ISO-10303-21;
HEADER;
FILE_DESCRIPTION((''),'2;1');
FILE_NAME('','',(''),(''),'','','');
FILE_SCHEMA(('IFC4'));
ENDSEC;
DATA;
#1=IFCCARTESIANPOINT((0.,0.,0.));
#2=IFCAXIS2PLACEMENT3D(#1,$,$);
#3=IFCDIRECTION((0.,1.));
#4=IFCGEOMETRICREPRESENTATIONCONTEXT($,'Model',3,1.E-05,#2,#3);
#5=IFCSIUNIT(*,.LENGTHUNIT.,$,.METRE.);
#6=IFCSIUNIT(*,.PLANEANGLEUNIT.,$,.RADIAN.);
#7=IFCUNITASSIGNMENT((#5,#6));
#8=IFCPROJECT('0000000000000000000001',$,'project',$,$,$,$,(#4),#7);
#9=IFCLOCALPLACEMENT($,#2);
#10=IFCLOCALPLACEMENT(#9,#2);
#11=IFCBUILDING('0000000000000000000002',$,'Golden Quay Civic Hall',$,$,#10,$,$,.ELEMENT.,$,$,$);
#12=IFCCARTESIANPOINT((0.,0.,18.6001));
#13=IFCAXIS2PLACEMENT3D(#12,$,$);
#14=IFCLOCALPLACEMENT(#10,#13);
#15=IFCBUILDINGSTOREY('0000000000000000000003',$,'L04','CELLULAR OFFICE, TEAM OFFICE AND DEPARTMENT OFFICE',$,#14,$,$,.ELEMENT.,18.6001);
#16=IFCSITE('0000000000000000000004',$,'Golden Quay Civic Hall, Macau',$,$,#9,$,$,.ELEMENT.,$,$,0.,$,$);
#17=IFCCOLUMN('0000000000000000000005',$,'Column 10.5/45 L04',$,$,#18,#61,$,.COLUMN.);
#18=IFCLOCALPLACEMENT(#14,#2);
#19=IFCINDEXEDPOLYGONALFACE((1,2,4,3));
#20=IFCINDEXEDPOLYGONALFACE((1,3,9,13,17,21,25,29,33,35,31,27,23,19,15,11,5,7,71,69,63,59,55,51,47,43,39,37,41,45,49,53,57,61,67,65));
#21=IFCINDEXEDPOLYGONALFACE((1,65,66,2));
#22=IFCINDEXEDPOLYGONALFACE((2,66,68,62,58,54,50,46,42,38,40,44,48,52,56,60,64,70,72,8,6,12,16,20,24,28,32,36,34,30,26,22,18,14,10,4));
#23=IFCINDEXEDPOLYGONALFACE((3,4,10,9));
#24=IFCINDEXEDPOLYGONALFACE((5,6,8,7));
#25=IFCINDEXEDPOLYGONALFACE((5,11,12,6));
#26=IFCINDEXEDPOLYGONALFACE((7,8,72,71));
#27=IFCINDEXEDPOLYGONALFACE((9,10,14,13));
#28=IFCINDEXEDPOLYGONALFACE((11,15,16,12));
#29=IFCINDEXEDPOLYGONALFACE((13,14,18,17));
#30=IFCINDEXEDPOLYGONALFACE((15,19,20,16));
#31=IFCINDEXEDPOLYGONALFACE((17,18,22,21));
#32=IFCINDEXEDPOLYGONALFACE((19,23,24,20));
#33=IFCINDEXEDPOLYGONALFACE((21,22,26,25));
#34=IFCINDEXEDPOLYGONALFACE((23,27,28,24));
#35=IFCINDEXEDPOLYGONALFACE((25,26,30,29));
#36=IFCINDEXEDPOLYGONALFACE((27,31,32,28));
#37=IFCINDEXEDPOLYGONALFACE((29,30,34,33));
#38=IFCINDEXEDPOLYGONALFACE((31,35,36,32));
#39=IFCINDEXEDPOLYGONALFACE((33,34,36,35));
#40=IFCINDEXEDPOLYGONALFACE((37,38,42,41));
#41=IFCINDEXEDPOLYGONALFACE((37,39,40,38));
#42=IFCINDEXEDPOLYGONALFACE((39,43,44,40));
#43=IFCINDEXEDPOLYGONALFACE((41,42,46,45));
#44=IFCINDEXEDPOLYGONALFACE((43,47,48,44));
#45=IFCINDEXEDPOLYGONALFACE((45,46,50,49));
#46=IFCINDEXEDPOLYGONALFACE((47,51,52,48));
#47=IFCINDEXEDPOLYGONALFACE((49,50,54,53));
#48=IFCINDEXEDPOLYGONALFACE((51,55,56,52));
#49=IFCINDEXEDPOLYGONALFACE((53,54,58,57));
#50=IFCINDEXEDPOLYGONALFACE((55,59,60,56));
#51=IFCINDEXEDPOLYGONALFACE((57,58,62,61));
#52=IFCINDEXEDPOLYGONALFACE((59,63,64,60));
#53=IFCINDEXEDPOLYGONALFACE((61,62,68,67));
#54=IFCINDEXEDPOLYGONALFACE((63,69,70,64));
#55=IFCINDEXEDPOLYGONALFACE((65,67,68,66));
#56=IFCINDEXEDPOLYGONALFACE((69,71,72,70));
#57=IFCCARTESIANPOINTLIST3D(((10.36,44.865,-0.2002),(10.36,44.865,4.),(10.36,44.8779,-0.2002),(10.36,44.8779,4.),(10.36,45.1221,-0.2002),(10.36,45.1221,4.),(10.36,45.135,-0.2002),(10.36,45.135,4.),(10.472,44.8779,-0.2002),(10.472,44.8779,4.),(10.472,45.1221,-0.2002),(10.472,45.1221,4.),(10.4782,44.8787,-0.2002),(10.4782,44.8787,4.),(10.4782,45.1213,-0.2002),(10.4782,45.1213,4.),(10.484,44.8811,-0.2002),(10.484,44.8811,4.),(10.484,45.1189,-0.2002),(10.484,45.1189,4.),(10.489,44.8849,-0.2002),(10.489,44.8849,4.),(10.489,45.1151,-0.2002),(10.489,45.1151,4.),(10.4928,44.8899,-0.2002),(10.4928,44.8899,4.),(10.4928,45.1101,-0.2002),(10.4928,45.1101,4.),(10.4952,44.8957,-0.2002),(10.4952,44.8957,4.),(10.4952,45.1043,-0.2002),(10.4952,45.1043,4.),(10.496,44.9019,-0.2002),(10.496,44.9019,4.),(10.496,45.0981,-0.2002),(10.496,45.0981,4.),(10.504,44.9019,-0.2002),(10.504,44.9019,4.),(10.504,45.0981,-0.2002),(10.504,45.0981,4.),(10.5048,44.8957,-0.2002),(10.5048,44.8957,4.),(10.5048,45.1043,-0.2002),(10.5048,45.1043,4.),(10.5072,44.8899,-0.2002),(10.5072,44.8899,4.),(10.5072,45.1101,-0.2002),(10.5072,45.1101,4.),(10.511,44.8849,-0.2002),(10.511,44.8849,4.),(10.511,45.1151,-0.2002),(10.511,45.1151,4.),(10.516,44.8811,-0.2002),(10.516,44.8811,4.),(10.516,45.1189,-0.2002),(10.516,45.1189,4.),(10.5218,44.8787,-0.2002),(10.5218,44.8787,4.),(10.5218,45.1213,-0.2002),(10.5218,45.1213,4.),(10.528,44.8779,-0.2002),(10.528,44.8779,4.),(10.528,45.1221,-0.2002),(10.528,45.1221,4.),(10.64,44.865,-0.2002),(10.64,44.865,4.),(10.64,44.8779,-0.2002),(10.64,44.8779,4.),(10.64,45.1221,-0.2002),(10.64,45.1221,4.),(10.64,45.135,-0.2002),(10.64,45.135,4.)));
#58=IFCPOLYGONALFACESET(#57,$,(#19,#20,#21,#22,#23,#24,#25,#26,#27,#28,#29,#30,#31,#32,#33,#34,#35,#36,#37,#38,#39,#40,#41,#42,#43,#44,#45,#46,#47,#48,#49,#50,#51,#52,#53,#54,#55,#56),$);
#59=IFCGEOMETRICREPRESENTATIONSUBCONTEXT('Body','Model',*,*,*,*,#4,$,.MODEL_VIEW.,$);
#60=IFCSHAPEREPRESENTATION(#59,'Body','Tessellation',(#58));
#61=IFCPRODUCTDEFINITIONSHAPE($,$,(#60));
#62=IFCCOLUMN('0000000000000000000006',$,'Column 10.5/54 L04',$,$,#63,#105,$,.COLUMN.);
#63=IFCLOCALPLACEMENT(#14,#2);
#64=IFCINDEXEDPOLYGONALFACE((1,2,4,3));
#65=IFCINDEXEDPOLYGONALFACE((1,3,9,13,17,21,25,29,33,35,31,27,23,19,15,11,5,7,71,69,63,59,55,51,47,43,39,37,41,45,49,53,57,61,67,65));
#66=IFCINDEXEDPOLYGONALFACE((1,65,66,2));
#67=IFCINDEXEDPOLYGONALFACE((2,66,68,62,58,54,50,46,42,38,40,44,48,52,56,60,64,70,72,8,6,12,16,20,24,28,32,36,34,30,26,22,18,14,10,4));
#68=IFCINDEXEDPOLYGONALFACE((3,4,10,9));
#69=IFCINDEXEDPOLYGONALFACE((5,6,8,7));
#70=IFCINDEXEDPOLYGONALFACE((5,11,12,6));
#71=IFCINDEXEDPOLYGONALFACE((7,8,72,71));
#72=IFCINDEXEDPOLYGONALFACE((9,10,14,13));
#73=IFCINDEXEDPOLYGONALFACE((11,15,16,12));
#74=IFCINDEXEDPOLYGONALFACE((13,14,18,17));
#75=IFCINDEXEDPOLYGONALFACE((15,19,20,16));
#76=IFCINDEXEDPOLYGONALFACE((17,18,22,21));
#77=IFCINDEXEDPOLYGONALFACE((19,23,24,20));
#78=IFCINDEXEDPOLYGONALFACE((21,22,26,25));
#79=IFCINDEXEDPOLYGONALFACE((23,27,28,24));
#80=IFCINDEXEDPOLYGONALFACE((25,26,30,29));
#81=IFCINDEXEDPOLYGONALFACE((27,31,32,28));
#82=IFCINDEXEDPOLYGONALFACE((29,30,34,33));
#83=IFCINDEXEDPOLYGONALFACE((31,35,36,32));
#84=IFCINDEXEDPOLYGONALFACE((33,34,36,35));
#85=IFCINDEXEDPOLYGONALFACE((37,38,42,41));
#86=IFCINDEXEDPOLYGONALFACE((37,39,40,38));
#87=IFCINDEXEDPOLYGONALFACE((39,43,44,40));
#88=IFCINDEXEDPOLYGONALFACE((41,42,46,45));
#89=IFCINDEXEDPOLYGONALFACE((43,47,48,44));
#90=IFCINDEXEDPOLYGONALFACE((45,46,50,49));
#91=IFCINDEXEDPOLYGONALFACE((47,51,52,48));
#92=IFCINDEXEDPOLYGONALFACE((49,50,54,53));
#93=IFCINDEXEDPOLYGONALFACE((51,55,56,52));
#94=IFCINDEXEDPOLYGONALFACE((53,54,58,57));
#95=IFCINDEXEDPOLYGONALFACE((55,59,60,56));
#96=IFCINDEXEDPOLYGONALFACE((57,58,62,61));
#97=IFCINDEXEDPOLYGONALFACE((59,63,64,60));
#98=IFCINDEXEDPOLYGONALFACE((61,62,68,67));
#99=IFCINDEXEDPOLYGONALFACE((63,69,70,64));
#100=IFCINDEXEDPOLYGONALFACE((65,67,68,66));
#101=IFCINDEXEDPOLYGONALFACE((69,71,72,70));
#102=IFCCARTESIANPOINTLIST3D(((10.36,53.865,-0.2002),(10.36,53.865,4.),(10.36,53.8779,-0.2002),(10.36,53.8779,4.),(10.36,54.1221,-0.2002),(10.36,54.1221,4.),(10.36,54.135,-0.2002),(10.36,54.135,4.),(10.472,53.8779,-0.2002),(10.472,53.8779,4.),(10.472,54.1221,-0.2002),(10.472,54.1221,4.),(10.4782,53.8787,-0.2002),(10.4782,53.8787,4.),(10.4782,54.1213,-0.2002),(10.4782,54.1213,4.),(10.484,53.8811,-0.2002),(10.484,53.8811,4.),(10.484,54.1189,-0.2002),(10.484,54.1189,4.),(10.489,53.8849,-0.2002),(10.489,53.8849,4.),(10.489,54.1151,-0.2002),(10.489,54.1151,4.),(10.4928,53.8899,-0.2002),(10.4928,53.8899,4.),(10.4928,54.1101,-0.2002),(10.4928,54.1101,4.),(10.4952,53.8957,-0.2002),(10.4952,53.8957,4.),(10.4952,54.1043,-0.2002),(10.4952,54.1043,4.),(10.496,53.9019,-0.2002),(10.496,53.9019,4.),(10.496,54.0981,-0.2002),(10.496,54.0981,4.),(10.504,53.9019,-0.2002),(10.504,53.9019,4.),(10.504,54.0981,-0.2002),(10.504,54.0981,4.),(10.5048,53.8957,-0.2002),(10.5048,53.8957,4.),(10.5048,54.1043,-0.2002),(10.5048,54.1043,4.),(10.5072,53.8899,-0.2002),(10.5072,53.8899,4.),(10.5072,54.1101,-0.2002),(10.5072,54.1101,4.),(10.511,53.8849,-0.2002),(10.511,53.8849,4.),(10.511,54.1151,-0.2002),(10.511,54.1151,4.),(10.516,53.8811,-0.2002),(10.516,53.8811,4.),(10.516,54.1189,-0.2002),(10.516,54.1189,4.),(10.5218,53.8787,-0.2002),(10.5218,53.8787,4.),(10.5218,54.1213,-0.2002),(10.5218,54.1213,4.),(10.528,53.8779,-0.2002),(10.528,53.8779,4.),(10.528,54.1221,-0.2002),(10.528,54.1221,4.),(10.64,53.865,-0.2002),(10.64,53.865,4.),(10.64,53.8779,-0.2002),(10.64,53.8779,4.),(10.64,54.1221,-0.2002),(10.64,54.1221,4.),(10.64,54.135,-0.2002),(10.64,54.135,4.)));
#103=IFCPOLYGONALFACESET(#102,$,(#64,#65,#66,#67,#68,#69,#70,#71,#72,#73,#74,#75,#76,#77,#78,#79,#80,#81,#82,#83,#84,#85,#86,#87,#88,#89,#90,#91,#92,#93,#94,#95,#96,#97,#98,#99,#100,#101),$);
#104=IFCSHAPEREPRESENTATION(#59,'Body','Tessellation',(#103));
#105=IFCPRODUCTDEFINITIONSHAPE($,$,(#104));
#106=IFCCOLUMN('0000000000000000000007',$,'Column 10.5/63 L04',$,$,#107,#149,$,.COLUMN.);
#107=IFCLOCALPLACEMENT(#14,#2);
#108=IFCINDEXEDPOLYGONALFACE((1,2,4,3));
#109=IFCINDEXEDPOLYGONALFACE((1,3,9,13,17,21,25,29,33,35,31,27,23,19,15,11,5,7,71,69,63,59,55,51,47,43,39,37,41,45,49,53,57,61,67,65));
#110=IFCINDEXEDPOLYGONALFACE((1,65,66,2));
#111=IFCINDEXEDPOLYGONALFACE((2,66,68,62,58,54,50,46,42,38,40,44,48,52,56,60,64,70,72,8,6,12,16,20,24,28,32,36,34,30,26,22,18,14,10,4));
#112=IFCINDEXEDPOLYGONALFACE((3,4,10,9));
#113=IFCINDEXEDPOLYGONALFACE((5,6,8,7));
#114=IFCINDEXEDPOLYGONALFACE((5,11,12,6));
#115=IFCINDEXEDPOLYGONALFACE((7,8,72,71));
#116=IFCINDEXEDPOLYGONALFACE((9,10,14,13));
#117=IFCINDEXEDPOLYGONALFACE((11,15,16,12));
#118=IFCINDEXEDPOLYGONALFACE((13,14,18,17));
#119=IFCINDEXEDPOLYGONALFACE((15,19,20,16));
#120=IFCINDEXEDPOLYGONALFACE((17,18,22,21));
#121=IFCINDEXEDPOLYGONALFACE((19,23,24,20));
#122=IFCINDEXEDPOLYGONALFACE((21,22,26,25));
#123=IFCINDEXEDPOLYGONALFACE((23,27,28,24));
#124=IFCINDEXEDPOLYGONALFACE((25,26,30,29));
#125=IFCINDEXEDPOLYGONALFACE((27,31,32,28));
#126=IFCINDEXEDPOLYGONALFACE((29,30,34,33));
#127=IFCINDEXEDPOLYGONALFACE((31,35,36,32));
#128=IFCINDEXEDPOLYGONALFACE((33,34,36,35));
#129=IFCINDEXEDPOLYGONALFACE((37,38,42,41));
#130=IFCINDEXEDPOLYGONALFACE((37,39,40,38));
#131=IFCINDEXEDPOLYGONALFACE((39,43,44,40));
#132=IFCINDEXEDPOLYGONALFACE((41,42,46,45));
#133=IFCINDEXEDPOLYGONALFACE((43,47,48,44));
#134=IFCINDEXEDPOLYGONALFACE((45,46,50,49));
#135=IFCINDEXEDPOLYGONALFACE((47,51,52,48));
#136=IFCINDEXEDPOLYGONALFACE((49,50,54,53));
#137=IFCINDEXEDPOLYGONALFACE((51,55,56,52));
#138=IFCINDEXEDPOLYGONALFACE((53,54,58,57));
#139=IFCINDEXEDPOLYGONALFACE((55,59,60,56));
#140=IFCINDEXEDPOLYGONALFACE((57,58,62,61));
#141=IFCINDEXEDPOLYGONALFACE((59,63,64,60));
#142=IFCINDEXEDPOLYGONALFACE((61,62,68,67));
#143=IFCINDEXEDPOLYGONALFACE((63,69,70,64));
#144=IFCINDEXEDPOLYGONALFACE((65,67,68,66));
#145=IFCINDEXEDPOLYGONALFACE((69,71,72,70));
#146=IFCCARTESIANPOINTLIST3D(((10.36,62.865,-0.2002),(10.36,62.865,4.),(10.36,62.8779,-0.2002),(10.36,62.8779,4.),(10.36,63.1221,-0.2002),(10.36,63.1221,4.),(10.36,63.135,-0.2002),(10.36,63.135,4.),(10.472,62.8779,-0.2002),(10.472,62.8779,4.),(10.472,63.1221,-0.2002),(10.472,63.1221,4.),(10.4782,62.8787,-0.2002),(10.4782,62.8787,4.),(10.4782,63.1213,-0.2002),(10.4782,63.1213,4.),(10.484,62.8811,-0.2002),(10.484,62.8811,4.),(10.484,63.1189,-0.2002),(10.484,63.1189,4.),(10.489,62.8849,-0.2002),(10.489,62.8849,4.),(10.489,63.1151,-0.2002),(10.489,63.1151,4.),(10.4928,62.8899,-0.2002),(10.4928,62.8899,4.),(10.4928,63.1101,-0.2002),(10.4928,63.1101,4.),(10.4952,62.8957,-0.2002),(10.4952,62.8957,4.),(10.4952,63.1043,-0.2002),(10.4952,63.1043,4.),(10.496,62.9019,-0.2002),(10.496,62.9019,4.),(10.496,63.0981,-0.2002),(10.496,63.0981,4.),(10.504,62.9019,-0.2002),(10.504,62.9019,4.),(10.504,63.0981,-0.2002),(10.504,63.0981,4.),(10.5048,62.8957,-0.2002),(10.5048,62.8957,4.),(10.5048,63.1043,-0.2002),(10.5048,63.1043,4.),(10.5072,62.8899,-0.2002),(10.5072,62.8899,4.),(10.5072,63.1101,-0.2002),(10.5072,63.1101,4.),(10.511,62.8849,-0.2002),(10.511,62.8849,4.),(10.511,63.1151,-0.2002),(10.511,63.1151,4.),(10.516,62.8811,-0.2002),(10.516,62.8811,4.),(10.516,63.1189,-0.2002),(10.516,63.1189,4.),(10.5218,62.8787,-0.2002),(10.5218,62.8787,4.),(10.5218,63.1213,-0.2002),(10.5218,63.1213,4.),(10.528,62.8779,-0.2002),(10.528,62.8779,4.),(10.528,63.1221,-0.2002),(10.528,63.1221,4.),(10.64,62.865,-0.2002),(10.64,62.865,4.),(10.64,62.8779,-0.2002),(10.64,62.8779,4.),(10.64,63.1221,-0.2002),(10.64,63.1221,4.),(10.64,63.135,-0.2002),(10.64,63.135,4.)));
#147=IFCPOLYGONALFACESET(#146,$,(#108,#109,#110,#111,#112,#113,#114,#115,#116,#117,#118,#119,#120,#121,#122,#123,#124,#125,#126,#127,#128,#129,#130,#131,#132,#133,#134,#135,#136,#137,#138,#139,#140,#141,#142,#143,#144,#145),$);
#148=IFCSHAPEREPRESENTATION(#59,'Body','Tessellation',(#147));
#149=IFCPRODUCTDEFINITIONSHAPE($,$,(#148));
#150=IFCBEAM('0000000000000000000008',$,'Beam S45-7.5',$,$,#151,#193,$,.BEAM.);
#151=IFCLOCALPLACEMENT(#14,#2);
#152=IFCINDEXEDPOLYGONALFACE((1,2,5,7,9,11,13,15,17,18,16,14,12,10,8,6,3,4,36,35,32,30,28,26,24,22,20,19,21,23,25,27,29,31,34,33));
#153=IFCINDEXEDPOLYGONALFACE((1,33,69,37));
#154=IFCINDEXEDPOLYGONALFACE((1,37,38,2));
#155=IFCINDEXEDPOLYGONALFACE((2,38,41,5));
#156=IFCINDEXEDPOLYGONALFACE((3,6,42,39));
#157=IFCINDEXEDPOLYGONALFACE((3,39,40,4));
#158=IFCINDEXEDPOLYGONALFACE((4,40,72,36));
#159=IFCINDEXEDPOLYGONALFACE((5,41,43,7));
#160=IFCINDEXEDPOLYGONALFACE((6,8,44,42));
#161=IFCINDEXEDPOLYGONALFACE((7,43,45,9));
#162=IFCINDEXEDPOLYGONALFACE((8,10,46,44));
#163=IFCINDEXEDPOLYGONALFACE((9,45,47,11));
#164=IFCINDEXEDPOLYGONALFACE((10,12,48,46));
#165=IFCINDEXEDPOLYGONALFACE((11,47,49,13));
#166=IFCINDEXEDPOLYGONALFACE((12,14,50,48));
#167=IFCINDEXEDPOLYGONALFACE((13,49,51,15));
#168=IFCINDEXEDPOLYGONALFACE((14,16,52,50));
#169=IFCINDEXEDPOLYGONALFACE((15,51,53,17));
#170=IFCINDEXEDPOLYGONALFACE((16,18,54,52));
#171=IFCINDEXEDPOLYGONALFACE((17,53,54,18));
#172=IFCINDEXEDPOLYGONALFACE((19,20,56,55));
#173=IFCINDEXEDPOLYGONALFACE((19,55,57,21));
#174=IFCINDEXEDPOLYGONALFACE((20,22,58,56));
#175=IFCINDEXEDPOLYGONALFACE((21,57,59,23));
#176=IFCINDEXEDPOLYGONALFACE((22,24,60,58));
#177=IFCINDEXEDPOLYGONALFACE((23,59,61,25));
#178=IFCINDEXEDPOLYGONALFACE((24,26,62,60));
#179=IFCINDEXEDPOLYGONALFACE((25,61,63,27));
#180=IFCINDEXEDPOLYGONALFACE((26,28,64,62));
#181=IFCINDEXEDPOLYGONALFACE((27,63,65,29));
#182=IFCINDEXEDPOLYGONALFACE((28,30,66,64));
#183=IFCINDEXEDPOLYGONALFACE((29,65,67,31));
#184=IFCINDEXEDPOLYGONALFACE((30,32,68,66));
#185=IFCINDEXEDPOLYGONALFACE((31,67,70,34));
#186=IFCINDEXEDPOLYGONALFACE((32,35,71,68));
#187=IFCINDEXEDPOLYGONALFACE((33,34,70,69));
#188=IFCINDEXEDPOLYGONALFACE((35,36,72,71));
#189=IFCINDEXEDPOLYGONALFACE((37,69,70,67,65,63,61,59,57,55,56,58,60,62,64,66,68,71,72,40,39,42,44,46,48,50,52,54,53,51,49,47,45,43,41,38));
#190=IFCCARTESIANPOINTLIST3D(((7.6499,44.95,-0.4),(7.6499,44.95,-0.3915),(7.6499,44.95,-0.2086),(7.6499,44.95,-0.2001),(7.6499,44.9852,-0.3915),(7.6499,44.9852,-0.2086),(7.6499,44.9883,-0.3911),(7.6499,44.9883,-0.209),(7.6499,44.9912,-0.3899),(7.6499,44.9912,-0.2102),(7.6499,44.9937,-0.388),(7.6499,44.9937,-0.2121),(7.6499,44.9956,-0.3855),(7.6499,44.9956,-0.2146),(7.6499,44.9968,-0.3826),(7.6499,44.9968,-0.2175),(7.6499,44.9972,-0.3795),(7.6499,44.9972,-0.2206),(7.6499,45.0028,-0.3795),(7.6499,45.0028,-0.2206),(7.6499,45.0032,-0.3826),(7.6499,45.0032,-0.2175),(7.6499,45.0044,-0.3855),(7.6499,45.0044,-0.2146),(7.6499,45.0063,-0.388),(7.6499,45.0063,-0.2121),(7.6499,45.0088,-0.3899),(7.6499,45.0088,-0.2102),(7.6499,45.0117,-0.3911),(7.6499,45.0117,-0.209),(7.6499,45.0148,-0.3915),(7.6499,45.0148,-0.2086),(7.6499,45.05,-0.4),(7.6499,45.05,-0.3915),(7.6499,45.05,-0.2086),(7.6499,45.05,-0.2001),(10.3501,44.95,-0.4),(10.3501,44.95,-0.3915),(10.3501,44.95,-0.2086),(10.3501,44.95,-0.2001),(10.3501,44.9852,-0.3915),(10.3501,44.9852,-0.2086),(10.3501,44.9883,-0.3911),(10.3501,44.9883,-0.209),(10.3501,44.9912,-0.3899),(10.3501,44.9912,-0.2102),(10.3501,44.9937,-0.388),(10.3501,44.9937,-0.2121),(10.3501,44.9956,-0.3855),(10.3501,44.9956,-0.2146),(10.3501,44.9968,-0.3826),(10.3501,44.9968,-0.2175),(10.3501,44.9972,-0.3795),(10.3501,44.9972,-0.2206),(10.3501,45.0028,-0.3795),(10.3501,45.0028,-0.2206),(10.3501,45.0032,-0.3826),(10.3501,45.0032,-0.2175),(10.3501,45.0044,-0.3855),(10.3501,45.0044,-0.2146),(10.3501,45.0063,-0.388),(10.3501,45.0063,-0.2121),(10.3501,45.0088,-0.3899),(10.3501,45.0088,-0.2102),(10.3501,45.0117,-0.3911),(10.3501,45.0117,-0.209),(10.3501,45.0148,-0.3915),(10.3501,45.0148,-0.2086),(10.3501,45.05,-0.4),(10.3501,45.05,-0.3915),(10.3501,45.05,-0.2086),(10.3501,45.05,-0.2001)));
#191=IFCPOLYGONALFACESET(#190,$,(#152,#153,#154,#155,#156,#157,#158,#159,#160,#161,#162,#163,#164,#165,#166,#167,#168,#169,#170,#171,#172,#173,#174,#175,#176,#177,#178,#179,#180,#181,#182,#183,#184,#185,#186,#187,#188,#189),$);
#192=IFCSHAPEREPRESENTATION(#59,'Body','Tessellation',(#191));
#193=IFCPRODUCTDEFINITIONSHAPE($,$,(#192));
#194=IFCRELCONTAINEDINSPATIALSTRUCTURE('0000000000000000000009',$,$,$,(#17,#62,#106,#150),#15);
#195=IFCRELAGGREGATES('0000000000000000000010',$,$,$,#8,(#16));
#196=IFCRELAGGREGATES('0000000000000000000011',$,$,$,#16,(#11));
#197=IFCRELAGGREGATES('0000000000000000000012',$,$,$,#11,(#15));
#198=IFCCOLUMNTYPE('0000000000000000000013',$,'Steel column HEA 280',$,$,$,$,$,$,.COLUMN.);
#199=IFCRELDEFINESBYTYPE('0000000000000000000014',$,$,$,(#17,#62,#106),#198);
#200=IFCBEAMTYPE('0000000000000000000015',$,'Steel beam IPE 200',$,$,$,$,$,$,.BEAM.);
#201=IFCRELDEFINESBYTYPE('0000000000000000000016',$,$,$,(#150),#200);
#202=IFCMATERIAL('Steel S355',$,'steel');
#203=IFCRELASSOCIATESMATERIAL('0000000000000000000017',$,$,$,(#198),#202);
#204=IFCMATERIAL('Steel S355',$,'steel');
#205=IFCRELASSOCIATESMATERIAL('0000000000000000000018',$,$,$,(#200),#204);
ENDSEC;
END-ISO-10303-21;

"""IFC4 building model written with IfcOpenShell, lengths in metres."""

from ifc_helpers import new_model, si_unit, direction, frame, origin, origin_2d, place, context, subcontext, project, spatial, i_section, extrude, material, material_profile, profile_set, type_object, element, save


model = new_model("IFC4")

# Units and contexts
model_context = context("Model", 3, precision=1e-05, world=origin(), true_north=direction((0.0, 1.0)))
body_context = subcontext(model_context, "Body", "Model", "MODEL_VIEW")
ifc_project = project(units=[si_unit("LENGTHUNIT", "METRE"), si_unit("PLANEANGLEUNIT", "RADIAN")], contexts=[model_context])

# Site, building, storey
site_placement = place(None, origin())
site = spatial("IfcSite", under=ifc_project, at=site_placement, Name="Golden Quay Civic Hall, Macau", CompositionType="ELEMENT", RefElevation=0.0)
building_placement = place(site_placement, origin())
building = spatial("IfcBuilding", under=site, at=building_placement, Name="Golden Quay Civic Hall", CompositionType="ELEMENT")
storey_placement = place(building_placement, frame((0.0, 0.0, 18.6001)))
storey = spatial("IfcBuildingStorey", under=building, at=storey_placement, Name="L04", Description="CELLULAR OFFICE, TEAM OFFICE AND DEPARTMENT OFFICE", CompositionType="ELEMENT", Elevation=18.6001)

# Columns
ifc_material_1 = material(Name="Steel S355", Category="steel")
ifc_material_profile_1 = material_profile(ifc_material_1, i_section(OverallWidth=0.28, OverallDepth=0.27, WebThickness=0.0081, FlangeThickness=0.0129, FilletRadius=0.0239, at=origin_2d()), Name="HEA 280")
ifc_profile_set_1 = profile_set([ifc_material_profile_1], Name="Steel S355")
column_type = type_object("IfcColumnType", Name="Steel column HEA 280", PredefinedType="COLUMN", material=ifc_profile_set_1)
for number, where, z_axis, x_axis, name in (
    (1, (10.5, 45.0, -0.2002), (0.0, 0.0, 1.0), (1.0, 0.0, 0.0), "Column 10.5/45 L04"),
    (2, (10.5, 54.0, -0.2002), (0.0, 0.0, 1.0), (1.0, 0.0, 0.0), "Column 10.5/54 L04"),
    (3, (10.5, 63.0, -0.2002), (0.0, 0.0, 1.0), (1.0, 0.0, 0.0), "Column 10.5/63 L04"),
):
    element("IfcColumn", number, at=place(storey_placement, frame(where, z_axis=z_axis, x_axis=x_axis)), inside=storey, type_object=column_type, Name=name, PredefinedType="COLUMN", context=body_context, shape_type="SweptSolid", body=[
        extrude(i_section(OverallWidth=0.28, OverallDepth=0.27, WebThickness=0.0081, FlangeThickness=0.0129, FilletRadius=0.0239, at=origin_2d()), origin(), (0.0, 0.0, 1.0), 4.2002),
    ])

# Beam
ifc_material_2 = material(Name="Steel S355", Category="steel")
ifc_material_profile_2 = material_profile(ifc_material_2, i_section(OverallWidth=0.1001, OverallDepth=0.2, WebThickness=0.0056, FlangeThickness=0.0085, FilletRadius=0.012, at=origin_2d()), Name="IPE 200")
ifc_profile_set_2 = profile_set([ifc_material_profile_2], Name="Steel S355")
beam_type_1 = type_object("IfcBeamType", Name="Steel beam IPE 200", PredefinedType="BEAM", material=ifc_profile_set_2)
for number, where, z_axis, x_axis, name in (
    (4, (7.6499, 45.0, -0.3), (1.0, 0.0, 0.0), (0.0, 1.0, 0.0), "Beam S45-7.5"),
):
    element("IfcBeam", number, at=place(storey_placement, frame(where, z_axis=z_axis, x_axis=x_axis)), inside=storey, type_object=beam_type_1, Name=name, PredefinedType="BEAM", context=body_context, shape_type="SweptSolid", body=[
        extrude(i_section(OverallWidth=0.1001, OverallDepth=0.2, WebThickness=0.0056, FlangeThickness=0.0085, FilletRadius=0.012, at=origin_2d()), origin(), (0.0, 0.0, 1.0), 2.7002),
    ])

save(model, "model.ifc")
